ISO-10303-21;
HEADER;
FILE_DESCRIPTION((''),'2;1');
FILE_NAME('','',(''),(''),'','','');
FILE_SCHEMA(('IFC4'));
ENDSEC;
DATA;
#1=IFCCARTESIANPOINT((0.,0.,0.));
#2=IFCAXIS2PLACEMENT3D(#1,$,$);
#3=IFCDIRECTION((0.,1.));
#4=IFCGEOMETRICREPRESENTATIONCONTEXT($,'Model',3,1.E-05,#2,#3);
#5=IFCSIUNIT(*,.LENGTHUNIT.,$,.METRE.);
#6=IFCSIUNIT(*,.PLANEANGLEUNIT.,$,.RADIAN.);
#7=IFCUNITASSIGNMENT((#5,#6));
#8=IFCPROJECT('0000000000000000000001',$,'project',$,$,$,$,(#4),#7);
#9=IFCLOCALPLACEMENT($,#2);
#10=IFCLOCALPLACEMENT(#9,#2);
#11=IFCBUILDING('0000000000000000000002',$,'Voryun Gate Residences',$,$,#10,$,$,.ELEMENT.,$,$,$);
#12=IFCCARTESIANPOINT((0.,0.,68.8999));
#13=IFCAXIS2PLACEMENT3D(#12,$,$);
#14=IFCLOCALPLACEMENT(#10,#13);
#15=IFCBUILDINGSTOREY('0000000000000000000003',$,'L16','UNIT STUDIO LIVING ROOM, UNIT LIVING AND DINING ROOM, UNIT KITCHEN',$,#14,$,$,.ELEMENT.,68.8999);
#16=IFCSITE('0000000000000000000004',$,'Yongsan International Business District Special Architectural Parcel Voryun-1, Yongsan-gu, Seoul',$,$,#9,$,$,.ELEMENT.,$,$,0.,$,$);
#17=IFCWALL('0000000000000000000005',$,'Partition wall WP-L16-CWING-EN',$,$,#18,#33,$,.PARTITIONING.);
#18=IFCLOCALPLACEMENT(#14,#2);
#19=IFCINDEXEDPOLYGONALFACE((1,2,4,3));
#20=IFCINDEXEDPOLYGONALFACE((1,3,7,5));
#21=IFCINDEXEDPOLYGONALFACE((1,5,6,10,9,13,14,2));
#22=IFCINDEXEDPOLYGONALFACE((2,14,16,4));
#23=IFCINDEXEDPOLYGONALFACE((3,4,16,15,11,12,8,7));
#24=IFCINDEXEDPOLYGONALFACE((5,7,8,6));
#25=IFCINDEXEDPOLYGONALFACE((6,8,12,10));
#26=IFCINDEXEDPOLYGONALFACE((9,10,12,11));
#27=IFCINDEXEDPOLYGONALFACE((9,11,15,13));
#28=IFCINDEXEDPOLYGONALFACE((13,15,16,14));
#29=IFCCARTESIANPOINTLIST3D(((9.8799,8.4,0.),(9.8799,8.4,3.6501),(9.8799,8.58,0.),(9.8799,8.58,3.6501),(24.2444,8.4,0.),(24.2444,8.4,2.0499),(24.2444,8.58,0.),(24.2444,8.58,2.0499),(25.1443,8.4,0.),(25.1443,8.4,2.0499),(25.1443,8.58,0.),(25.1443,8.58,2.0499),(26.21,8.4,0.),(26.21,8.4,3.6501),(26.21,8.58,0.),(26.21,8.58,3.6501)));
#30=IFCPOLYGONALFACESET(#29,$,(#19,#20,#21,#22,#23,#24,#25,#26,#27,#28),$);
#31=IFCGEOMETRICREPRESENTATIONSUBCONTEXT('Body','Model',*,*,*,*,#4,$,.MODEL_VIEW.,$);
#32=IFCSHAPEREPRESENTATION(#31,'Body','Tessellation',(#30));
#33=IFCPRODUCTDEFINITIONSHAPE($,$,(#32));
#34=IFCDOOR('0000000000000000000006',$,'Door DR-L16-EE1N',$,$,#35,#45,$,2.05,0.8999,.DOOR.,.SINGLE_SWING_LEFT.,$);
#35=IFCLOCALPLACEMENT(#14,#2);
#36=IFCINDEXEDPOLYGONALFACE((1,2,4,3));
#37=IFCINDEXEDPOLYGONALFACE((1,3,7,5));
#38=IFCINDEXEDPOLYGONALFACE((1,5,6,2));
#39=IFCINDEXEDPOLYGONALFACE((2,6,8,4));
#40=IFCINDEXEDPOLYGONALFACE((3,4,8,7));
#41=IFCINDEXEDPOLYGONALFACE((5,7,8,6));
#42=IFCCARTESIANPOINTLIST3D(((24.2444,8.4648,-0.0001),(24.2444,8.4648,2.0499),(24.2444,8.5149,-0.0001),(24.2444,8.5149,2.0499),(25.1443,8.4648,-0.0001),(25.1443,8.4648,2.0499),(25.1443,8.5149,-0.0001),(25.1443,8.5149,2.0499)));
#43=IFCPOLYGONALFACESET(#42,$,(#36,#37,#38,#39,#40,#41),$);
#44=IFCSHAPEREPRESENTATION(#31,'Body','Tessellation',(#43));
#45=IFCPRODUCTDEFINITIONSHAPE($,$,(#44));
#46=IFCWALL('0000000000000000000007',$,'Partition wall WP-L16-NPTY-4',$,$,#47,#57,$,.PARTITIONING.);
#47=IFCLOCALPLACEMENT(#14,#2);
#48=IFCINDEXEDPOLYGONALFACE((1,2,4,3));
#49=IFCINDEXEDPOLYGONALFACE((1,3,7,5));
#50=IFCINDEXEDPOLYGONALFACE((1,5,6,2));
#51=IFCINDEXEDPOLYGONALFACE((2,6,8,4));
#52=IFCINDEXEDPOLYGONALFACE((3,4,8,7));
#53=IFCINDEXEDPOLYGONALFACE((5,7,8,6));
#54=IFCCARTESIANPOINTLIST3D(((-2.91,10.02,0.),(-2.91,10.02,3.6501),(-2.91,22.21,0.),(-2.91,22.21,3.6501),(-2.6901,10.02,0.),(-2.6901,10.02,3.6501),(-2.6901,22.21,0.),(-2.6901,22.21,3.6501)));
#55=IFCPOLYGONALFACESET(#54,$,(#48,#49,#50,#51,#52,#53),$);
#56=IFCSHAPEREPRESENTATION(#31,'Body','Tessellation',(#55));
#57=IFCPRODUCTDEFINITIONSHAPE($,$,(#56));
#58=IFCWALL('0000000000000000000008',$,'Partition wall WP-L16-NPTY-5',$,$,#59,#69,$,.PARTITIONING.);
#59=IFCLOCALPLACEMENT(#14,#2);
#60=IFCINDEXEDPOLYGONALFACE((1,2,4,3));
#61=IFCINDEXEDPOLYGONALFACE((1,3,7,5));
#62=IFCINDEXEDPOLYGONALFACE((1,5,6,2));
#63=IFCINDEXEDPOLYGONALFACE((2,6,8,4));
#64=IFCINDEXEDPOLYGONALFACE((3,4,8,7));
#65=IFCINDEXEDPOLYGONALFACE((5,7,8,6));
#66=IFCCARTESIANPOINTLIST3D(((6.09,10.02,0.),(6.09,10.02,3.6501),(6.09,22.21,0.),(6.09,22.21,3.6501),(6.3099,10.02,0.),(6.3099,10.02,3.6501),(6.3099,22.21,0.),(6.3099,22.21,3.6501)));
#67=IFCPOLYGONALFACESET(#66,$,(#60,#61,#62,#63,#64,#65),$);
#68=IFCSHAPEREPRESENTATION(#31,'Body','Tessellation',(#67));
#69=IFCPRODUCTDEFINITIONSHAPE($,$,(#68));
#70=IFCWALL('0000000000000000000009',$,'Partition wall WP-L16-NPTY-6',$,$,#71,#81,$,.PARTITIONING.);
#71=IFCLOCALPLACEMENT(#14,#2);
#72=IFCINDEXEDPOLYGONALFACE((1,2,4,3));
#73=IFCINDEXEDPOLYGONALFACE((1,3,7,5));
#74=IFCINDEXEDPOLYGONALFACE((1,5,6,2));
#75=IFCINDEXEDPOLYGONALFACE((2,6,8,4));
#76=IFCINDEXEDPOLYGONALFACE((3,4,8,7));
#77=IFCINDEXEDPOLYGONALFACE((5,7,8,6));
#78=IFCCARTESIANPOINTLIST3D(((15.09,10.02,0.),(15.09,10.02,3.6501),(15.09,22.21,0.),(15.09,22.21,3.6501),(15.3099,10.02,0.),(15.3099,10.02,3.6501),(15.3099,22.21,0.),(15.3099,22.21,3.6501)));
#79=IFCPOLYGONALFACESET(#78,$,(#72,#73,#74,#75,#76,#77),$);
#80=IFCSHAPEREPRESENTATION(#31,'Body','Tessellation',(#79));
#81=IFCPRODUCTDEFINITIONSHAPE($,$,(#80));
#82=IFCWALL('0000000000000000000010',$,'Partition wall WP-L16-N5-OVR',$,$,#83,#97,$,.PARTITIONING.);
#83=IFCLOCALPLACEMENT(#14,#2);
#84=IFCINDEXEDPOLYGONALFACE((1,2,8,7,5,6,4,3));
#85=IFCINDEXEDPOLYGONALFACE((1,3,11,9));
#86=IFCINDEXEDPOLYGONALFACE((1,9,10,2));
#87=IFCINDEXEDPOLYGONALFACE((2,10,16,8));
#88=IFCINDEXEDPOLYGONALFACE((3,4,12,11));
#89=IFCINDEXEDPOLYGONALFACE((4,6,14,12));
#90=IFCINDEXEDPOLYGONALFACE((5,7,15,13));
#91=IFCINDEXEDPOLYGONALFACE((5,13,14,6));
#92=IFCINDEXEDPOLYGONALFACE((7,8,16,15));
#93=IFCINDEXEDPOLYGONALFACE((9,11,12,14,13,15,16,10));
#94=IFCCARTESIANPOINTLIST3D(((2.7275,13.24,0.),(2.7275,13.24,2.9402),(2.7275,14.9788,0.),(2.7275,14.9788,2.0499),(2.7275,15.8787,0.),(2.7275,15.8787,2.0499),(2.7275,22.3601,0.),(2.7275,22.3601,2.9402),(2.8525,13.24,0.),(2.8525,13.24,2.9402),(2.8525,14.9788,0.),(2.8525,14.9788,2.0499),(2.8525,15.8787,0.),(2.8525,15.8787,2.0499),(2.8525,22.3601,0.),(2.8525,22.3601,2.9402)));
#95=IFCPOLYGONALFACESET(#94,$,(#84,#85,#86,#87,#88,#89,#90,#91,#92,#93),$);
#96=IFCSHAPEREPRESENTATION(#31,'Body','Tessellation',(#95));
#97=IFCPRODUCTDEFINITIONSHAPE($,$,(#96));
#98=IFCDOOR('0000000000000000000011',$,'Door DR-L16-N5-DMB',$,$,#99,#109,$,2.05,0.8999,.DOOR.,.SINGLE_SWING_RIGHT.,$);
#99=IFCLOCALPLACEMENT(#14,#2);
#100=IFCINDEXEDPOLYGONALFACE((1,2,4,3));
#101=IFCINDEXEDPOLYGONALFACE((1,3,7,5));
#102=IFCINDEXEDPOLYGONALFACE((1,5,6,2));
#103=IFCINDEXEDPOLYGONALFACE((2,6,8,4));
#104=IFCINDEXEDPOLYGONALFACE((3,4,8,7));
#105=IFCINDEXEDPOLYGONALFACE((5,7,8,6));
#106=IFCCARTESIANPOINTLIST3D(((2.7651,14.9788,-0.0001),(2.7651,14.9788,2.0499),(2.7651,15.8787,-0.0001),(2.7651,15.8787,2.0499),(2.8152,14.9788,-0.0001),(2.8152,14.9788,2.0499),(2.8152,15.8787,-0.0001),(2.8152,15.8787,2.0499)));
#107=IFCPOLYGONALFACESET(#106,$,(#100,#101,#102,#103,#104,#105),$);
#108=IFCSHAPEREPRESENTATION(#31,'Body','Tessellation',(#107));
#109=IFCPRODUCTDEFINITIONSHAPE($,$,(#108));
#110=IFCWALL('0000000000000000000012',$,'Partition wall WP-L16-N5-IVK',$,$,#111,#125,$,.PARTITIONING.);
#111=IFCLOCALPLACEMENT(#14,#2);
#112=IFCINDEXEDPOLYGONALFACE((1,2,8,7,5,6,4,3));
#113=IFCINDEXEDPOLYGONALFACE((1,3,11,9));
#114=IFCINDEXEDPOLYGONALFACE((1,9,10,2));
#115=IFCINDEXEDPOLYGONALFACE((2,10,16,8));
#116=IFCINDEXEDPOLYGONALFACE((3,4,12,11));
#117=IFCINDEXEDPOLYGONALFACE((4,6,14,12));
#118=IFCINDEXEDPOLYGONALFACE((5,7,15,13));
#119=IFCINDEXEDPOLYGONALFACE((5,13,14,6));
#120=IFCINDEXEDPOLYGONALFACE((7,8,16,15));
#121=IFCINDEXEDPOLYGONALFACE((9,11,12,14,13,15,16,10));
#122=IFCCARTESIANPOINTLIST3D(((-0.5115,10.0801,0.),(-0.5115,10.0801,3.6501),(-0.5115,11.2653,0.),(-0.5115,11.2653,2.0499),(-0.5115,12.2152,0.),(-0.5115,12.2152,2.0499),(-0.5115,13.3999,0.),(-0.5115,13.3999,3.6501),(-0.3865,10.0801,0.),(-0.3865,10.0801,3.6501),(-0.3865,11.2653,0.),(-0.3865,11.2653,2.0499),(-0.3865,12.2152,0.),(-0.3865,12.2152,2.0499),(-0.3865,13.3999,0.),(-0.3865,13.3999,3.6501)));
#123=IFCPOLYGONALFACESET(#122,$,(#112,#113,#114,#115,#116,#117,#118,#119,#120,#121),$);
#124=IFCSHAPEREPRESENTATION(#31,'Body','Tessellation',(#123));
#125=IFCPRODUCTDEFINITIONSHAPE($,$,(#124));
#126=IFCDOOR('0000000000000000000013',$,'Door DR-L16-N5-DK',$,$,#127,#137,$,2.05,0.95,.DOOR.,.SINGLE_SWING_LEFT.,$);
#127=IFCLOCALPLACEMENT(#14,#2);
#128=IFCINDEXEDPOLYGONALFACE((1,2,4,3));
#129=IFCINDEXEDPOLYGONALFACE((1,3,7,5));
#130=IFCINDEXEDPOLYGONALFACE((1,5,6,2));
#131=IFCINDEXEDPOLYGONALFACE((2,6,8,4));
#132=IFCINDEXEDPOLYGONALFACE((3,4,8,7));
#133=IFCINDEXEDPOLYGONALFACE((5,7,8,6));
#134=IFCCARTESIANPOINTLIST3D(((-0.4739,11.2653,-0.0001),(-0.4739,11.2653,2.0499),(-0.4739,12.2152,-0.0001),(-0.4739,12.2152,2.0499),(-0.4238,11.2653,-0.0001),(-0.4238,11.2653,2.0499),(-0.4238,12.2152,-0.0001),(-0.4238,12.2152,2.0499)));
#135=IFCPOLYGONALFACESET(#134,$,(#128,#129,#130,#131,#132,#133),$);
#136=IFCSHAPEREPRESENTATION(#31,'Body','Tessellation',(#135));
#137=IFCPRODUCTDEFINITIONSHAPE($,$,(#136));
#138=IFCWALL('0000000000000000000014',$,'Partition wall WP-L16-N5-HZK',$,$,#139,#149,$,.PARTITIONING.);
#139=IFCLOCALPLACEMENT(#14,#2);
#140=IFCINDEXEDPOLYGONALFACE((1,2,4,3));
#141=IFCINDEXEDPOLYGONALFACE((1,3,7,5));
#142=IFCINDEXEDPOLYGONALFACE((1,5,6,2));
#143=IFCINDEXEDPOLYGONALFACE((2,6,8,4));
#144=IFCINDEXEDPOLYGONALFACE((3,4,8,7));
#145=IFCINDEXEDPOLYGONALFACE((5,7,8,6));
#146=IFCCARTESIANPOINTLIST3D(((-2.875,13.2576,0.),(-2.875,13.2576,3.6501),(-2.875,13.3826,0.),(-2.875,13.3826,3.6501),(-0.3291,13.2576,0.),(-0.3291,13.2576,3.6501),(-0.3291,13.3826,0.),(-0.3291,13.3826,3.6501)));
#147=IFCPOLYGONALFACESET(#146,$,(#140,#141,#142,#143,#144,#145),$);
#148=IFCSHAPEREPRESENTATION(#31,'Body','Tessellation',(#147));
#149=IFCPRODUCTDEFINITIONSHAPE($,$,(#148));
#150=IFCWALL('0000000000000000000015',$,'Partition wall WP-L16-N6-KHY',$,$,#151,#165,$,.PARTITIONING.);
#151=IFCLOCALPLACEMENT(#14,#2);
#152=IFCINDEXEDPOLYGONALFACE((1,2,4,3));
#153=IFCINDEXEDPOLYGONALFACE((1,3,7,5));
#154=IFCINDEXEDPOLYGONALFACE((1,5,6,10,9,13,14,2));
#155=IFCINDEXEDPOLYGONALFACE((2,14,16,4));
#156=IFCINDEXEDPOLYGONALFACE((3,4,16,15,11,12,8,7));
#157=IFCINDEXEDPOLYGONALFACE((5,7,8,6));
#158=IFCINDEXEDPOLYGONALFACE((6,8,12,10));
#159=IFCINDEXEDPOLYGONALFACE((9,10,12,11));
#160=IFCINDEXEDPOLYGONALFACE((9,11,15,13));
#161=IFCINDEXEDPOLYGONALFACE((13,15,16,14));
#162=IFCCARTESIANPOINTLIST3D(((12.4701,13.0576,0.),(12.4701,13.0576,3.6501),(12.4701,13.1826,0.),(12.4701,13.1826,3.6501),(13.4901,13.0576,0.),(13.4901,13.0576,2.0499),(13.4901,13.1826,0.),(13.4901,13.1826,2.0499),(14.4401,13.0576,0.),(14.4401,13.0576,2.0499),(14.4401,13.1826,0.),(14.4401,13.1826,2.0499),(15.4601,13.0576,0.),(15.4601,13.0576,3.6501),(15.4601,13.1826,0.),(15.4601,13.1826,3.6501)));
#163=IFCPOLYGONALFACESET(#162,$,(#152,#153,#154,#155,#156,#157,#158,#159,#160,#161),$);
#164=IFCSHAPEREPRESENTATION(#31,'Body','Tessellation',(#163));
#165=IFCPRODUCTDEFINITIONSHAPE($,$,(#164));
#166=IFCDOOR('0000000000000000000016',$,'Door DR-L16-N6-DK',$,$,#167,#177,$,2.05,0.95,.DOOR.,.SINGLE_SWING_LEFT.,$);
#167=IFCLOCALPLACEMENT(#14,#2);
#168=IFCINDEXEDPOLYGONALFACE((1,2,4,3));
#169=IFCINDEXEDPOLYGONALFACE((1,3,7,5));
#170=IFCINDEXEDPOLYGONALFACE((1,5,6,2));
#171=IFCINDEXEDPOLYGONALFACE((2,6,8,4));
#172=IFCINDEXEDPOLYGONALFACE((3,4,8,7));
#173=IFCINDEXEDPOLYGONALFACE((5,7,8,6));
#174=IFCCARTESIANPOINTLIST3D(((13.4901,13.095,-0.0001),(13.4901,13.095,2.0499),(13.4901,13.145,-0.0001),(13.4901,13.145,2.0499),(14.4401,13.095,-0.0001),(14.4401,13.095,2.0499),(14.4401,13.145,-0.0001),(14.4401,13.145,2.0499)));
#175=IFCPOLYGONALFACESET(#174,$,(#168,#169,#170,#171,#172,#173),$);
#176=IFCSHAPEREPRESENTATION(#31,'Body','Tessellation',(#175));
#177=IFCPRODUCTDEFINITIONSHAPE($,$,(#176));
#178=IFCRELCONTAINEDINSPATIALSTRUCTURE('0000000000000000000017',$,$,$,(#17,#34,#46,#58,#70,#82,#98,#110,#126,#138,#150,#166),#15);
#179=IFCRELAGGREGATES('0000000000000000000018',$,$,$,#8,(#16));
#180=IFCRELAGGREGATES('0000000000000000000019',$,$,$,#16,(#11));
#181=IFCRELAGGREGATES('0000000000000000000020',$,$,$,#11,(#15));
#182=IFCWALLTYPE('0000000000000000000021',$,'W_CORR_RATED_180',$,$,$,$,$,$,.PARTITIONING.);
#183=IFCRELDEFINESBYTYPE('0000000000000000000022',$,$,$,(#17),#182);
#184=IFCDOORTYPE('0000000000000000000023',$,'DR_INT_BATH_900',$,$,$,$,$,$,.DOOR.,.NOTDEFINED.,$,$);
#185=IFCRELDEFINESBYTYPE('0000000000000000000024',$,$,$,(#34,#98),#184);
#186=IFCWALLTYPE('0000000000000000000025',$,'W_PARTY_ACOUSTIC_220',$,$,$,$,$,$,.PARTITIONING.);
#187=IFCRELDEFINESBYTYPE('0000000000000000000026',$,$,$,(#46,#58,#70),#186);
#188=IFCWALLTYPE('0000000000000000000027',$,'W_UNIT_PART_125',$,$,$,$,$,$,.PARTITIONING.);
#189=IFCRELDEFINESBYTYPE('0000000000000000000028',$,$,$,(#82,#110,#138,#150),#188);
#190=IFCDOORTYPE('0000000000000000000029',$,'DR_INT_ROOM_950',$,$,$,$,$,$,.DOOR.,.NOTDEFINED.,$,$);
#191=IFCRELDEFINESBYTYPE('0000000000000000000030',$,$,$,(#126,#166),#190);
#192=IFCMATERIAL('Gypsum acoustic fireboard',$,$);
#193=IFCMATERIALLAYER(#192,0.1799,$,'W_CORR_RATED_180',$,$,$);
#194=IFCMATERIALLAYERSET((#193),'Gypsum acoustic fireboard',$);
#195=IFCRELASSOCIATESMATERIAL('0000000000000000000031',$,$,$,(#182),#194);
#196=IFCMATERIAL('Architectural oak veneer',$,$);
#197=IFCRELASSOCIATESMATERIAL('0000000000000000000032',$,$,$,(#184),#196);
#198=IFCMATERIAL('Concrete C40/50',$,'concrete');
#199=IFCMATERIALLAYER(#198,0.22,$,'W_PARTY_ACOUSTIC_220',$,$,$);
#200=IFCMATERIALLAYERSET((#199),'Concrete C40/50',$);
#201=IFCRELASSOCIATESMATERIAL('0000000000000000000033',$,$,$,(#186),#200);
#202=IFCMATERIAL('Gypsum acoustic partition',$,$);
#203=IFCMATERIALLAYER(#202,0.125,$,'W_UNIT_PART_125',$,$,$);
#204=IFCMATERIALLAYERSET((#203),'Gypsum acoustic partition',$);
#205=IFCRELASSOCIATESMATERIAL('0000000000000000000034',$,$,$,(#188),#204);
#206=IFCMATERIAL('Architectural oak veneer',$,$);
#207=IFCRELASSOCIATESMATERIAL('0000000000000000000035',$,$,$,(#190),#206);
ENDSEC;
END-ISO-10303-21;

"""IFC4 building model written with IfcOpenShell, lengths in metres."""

from ifc_helpers import new_model, si_unit, direction, frame, frame_2d, origin, place, context, subcontext, project, spatial, rectangle, extrude, material, layer, layer_set, type_object, element, fill, save


model = new_model("IFC4")

# Units and contexts
model_context = context("Model", 3, precision=1e-05, world=origin(), true_north=direction((0.0, 1.0)))
body_context = subcontext(model_context, "Body", "Model", "MODEL_VIEW")
ifc_project = project(units=[si_unit("LENGTHUNIT", "METRE"), si_unit("PLANEANGLEUNIT", "RADIAN")], contexts=[model_context])

# Site, building, storey
site_placement = place(None, origin())
site = spatial("IfcSite", under=ifc_project, at=site_placement, Name="Yongsan International Business District Special Architectural Parcel Voryun-1, Yongsan-gu, Seoul", CompositionType="ELEMENT", RefElevation=0.0)
building_placement = place(site_placement, origin())
building = spatial("IfcBuilding", under=site, at=building_placement, Name="Voryun Gate Residences", CompositionType="ELEMENT")
storey_placement = place(building_placement, frame((0.0, 0.0, 68.8999)))
storey = spatial("IfcBuildingStorey", under=building, at=storey_placement, Name="L16", Description="UNIT STUDIO LIVING ROOM, UNIT LIVING AND DINING ROOM, UNIT KITCHEN", CompositionType="ELEMENT", Elevation=68.8999)

# Wall, opening, door
ifc_material_1 = material(Name="Gypsum acoustic fireboard")
ifc_layer_1 = layer(ifc_material_1, 0.1799, Name="W_CORR_RATED_180")
ifc_layer_set_1 = layer_set([ifc_layer_1], Name="Gypsum acoustic fireboard")
wall_type_1 = type_object("IfcWallType", Name="W_CORR_RATED_180", PredefinedType="PARTITIONING", material=ifc_layer_set_1)
wall_1_placement = place(storey_placement, frame((9.8799, 8.49, 0.0), z_axis=(0.0, 0.0, 1.0), x_axis=(1.0, 0.0, 0.0)))
wall_1 = element("IfcWall", 1, at=wall_1_placement, inside=storey, type_object=wall_type_1, Name="Partition wall WP-L16-CWING-EN", PredefinedType="PARTITIONING", context=body_context, shape_type="SweptSolid", body=[
    extrude(rectangle(XDim=16.3301, YDim=0.1799, at=frame_2d((8.165, 0.0))), origin(), (0.0, 0.0, 1.0), 3.6501),
])
opening_1_placement = place(wall_1_placement, frame((14.3645, 0.0, 0.0)))
opening_1 = element("IfcOpeningElement", 2, at=opening_1_placement, cuts=wall_1, PredefinedType="OPENING", context=body_context, shape_type="SweptSolid", body=[
    extrude(rectangle(XDim=0.8999, YDim=2.05, at=frame_2d((0.45, 1.0249))), frame((0.0, 0.0999, 0.0), z_axis=(0.0, -1.0, 0.0), x_axis=(1.0, 0.0, 0.0)), (0.0, 0.0, 1.0), 0.2),
])
ifc_material_2 = material(Name="Architectural oak veneer")
door_type_1 = type_object("IfcDoorType", Name="DR_INT_BATH_900", OperationType="NOTDEFINED", PredefinedType="DOOR", material=ifc_material_2)
door_1_placement = place(opening_1_placement, origin())
door_1 = element("IfcDoor", 3, at=door_1_placement, inside=storey, type_object=door_type_1, Name="Door DR-L16-EE1N", OperationType="SINGLE_SWING_LEFT", OverallHeight=2.05, OverallWidth=0.8999, PredefinedType="DOOR", context=body_context, shape_type="SweptSolid", body=[
    extrude(rectangle(XDim=0.8999, YDim=2.05, at=frame_2d((0.45, 1.0249))), frame((0.0, 0.0249, 0.0), z_axis=(0.0, -1.0, 0.0), x_axis=(1.0, 0.0, 0.0)), (0.0, 0.0, 1.0), 0.05),
])
fill(opening_1, door_1)

# Walls
ifc_material_3 = material(Name="Concrete C40/50", Category="concrete")
ifc_layer_2 = layer(ifc_material_3, 0.22, Name="W_PARTY_ACOUSTIC_220")
ifc_layer_set_2 = layer_set([ifc_layer_2], Name="Concrete C40/50")
wall_type_2 = type_object("IfcWallType", Name="W_PARTY_ACOUSTIC_220", PredefinedType="PARTITIONING", material=ifc_layer_set_2)
for number, where, z_axis, x_axis, name in (
    (4, (-2.8, 10.02, 0.0), (0.0, 0.0, 1.0), (0.0, 1.0, 0.0), "Partition wall WP-L16-NPTY-4"),
    (5, (6.2, 10.02, 0.0), (0.0, 0.0, 1.0), (0.0, 1.0, 0.0), "Partition wall WP-L16-NPTY-5"),
    (6, (15.2, 10.02, 0.0), (0.0, 0.0, 1.0), (0.0, 1.0, 0.0), "Partition wall WP-L16-NPTY-6"),
):
    element("IfcWall", number, at=place(storey_placement, frame(where, z_axis=z_axis, x_axis=x_axis)), inside=storey, type_object=wall_type_2, Name=name, PredefinedType="PARTITIONING", context=body_context, shape_type="SweptSolid", body=[
        extrude(rectangle(XDim=12.1899, YDim=0.22, at=frame_2d((6.095, 0.0))), origin(), (0.0, 0.0, 1.0), 3.6501),
    ])

# Walls, openings, doors
ifc_material_4 = material(Name="Gypsum acoustic partition")
ifc_layer_3 = layer(ifc_material_4, 0.125, Name="W_UNIT_PART_125")
ifc_layer_set_3 = layer_set([ifc_layer_3], Name="Gypsum acoustic partition")
wall_type_3 = type_object("IfcWallType", Name="W_UNIT_PART_125", PredefinedType="PARTITIONING", material=ifc_layer_set_3)
wall_2_placement = place(storey_placement, frame((2.79, 13.24, 0.0), z_axis=(0.0, 0.0, 1.0), x_axis=(0.0, 1.0, 0.0)))
wall_2 = element("IfcWall", 7, at=wall_2_placement, inside=storey, type_object=wall_type_3, Name="Partition wall WP-L16-N5-OVR", PredefinedType="PARTITIONING", context=body_context, shape_type="SweptSolid", body=[
    extrude(rectangle(XDim=9.1201, YDim=0.125, at=frame_2d((4.5601, 0.0))), origin(), (0.0, 0.0, 1.0), 2.9402),
])
opening_2_placement = place(wall_2_placement, frame((1.7388, 0.0, 0.0)))
opening_2 = element("IfcOpeningElement", 8, at=opening_2_placement, cuts=wall_2, PredefinedType="OPENING", context=body_context, shape_type="SweptSolid", body=[
    extrude(rectangle(XDim=0.8999, YDim=2.05, at=frame_2d((0.45, 1.0249))), frame((0.0, 0.0725, 0.0), z_axis=(0.0, -1.0, 0.0), x_axis=(1.0, 0.0, 0.0)), (0.0, 0.0, 1.0), 0.145),
])
door_2_placement = place(opening_2_placement, origin())
door_2 = element("IfcDoor", 9, at=door_2_placement, inside=storey, type_object=door_type_1, Name="Door DR-L16-N5-DMB", OperationType="SINGLE_SWING_RIGHT", OverallHeight=2.05, OverallWidth=0.8999, PredefinedType="DOOR", context=body_context, shape_type="SweptSolid", body=[
    extrude(rectangle(XDim=0.8999, YDim=2.05, at=frame_2d((0.45, 1.0249))), frame((0.0, 0.0249, 0.0), z_axis=(0.0, -1.0, 0.0), x_axis=(1.0, 0.0, 0.0)), (0.0, 0.0, 1.0), 0.05),
])
fill(opening_2, door_2)
wall_3_placement = place(storey_placement, frame((-0.449, 10.0801, 0.0), z_axis=(0.0, 0.0, 1.0), x_axis=(0.0, 1.0, 0.0)))
wall_3 = element("IfcWall", 10, at=wall_3_placement, inside=storey, type_object=wall_type_3, Name="Partition wall WP-L16-N5-IVK", PredefinedType="PARTITIONING", context=body_context, shape_type="SweptSolid", body=[
    extrude(rectangle(XDim=3.3198, YDim=0.125, at=frame_2d((1.6599, 0.0))), origin(), (0.0, 0.0, 1.0), 3.6501),
])
opening_3_placement = place(wall_3_placement, frame((1.1851, 0.0, 0.0)))
opening_3 = element("IfcOpeningElement", 11, at=opening_3_placement, cuts=wall_3, PredefinedType="OPENING", context=body_context, shape_type="SweptSolid", body=[
    extrude(rectangle(XDim=0.95, YDim=2.05, at=frame_2d((0.4751, 1.0249))), frame((0.0, 0.0725, 0.0), z_axis=(0.0, -1.0, 0.0), x_axis=(1.0, 0.0, 0.0)), (0.0, 0.0, 1.0), 0.145),
])
ifc_material_5 = material(Name="Architectural oak veneer")
door_type_2 = type_object("IfcDoorType", Name="DR_INT_ROOM_950", OperationType="NOTDEFINED", PredefinedType="DOOR", material=ifc_material_5)
door_3_placement = place(opening_3_placement, origin())
door_3 = element("IfcDoor", 12, at=door_3_placement, inside=storey, type_object=door_type_2, Name="Door DR-L16-N5-DK", OperationType="SINGLE_SWING_LEFT", OverallHeight=2.05, OverallWidth=0.95, PredefinedType="DOOR", context=body_context, shape_type="SweptSolid", body=[
    extrude(rectangle(XDim=0.95, YDim=2.05, at=frame_2d((0.4751, 1.0249))), frame((0.0, 0.0249, 0.0), z_axis=(0.0, -1.0, 0.0), x_axis=(1.0, 0.0, 0.0)), (0.0, 0.0, 1.0), 0.05),
])
fill(opening_3, door_3)

# Wall
wall_4_placement = place(storey_placement, frame((-2.875, 13.3201, 0.0), z_axis=(0.0, 0.0, 1.0), x_axis=(1.0, 0.0, 0.0)))
element("IfcWall", 13, at=wall_4_placement, inside=storey, type_object=wall_type_3, Name="Partition wall WP-L16-N5-HZK", PredefinedType="PARTITIONING", context=body_context, shape_type="SweptSolid", body=[
    extrude(rectangle(XDim=2.5459, YDim=0.125, at=frame_2d((1.2729, 0.0))), origin(), (0.0, 0.0, 1.0), 3.6501),
])

# Wall, opening, door
wall_5_placement = place(storey_placement, frame((12.47, 13.1201, 0.0), z_axis=(0.0, 0.0, 1.0), x_axis=(1.0, 0.0, 0.0)))
wall_5 = element("IfcWall", 14, at=wall_5_placement, inside=storey, type_object=wall_type_3, Name="Partition wall WP-L16-N6-KHY", PredefinedType="PARTITIONING", context=body_context, shape_type="SweptSolid", body=[
    extrude(rectangle(XDim=2.99, YDim=0.125, at=frame_2d((1.4951, 0.0))), origin(), (0.0, 0.0, 1.0), 3.6501),
])
opening_4_placement = place(wall_5_placement, frame((1.02, 0.0, 0.0)))
opening_4 = element("IfcOpeningElement", 15, at=opening_4_placement, cuts=wall_5, PredefinedType="OPENING", context=body_context, shape_type="SweptSolid", body=[
    extrude(rectangle(XDim=0.95, YDim=2.05, at=frame_2d((0.4751, 1.0249))), frame((0.0, 0.0725, 0.0), z_axis=(0.0, -1.0, 0.0), x_axis=(1.0, 0.0, 0.0)), (0.0, 0.0, 1.0), 0.145),
])
door_4_placement = place(opening_4_placement, origin())
door_4 = element("IfcDoor", 16, at=door_4_placement, inside=storey, type_object=door_type_2, Name="Door DR-L16-N6-DK", OperationType="SINGLE_SWING_LEFT", OverallHeight=2.05, OverallWidth=0.95, PredefinedType="DOOR", context=body_context, shape_type="SweptSolid", body=[
    extrude(rectangle(XDim=0.95, YDim=2.05, at=frame_2d((0.4751, 1.0249))), frame((0.0, 0.0249, 0.0), z_axis=(0.0, -1.0, 0.0), x_axis=(1.0, 0.0, 0.0)), (0.0, 0.0, 1.0), 0.05),
])
fill(opening_4, door_4)

save(model, "model.ifc")
